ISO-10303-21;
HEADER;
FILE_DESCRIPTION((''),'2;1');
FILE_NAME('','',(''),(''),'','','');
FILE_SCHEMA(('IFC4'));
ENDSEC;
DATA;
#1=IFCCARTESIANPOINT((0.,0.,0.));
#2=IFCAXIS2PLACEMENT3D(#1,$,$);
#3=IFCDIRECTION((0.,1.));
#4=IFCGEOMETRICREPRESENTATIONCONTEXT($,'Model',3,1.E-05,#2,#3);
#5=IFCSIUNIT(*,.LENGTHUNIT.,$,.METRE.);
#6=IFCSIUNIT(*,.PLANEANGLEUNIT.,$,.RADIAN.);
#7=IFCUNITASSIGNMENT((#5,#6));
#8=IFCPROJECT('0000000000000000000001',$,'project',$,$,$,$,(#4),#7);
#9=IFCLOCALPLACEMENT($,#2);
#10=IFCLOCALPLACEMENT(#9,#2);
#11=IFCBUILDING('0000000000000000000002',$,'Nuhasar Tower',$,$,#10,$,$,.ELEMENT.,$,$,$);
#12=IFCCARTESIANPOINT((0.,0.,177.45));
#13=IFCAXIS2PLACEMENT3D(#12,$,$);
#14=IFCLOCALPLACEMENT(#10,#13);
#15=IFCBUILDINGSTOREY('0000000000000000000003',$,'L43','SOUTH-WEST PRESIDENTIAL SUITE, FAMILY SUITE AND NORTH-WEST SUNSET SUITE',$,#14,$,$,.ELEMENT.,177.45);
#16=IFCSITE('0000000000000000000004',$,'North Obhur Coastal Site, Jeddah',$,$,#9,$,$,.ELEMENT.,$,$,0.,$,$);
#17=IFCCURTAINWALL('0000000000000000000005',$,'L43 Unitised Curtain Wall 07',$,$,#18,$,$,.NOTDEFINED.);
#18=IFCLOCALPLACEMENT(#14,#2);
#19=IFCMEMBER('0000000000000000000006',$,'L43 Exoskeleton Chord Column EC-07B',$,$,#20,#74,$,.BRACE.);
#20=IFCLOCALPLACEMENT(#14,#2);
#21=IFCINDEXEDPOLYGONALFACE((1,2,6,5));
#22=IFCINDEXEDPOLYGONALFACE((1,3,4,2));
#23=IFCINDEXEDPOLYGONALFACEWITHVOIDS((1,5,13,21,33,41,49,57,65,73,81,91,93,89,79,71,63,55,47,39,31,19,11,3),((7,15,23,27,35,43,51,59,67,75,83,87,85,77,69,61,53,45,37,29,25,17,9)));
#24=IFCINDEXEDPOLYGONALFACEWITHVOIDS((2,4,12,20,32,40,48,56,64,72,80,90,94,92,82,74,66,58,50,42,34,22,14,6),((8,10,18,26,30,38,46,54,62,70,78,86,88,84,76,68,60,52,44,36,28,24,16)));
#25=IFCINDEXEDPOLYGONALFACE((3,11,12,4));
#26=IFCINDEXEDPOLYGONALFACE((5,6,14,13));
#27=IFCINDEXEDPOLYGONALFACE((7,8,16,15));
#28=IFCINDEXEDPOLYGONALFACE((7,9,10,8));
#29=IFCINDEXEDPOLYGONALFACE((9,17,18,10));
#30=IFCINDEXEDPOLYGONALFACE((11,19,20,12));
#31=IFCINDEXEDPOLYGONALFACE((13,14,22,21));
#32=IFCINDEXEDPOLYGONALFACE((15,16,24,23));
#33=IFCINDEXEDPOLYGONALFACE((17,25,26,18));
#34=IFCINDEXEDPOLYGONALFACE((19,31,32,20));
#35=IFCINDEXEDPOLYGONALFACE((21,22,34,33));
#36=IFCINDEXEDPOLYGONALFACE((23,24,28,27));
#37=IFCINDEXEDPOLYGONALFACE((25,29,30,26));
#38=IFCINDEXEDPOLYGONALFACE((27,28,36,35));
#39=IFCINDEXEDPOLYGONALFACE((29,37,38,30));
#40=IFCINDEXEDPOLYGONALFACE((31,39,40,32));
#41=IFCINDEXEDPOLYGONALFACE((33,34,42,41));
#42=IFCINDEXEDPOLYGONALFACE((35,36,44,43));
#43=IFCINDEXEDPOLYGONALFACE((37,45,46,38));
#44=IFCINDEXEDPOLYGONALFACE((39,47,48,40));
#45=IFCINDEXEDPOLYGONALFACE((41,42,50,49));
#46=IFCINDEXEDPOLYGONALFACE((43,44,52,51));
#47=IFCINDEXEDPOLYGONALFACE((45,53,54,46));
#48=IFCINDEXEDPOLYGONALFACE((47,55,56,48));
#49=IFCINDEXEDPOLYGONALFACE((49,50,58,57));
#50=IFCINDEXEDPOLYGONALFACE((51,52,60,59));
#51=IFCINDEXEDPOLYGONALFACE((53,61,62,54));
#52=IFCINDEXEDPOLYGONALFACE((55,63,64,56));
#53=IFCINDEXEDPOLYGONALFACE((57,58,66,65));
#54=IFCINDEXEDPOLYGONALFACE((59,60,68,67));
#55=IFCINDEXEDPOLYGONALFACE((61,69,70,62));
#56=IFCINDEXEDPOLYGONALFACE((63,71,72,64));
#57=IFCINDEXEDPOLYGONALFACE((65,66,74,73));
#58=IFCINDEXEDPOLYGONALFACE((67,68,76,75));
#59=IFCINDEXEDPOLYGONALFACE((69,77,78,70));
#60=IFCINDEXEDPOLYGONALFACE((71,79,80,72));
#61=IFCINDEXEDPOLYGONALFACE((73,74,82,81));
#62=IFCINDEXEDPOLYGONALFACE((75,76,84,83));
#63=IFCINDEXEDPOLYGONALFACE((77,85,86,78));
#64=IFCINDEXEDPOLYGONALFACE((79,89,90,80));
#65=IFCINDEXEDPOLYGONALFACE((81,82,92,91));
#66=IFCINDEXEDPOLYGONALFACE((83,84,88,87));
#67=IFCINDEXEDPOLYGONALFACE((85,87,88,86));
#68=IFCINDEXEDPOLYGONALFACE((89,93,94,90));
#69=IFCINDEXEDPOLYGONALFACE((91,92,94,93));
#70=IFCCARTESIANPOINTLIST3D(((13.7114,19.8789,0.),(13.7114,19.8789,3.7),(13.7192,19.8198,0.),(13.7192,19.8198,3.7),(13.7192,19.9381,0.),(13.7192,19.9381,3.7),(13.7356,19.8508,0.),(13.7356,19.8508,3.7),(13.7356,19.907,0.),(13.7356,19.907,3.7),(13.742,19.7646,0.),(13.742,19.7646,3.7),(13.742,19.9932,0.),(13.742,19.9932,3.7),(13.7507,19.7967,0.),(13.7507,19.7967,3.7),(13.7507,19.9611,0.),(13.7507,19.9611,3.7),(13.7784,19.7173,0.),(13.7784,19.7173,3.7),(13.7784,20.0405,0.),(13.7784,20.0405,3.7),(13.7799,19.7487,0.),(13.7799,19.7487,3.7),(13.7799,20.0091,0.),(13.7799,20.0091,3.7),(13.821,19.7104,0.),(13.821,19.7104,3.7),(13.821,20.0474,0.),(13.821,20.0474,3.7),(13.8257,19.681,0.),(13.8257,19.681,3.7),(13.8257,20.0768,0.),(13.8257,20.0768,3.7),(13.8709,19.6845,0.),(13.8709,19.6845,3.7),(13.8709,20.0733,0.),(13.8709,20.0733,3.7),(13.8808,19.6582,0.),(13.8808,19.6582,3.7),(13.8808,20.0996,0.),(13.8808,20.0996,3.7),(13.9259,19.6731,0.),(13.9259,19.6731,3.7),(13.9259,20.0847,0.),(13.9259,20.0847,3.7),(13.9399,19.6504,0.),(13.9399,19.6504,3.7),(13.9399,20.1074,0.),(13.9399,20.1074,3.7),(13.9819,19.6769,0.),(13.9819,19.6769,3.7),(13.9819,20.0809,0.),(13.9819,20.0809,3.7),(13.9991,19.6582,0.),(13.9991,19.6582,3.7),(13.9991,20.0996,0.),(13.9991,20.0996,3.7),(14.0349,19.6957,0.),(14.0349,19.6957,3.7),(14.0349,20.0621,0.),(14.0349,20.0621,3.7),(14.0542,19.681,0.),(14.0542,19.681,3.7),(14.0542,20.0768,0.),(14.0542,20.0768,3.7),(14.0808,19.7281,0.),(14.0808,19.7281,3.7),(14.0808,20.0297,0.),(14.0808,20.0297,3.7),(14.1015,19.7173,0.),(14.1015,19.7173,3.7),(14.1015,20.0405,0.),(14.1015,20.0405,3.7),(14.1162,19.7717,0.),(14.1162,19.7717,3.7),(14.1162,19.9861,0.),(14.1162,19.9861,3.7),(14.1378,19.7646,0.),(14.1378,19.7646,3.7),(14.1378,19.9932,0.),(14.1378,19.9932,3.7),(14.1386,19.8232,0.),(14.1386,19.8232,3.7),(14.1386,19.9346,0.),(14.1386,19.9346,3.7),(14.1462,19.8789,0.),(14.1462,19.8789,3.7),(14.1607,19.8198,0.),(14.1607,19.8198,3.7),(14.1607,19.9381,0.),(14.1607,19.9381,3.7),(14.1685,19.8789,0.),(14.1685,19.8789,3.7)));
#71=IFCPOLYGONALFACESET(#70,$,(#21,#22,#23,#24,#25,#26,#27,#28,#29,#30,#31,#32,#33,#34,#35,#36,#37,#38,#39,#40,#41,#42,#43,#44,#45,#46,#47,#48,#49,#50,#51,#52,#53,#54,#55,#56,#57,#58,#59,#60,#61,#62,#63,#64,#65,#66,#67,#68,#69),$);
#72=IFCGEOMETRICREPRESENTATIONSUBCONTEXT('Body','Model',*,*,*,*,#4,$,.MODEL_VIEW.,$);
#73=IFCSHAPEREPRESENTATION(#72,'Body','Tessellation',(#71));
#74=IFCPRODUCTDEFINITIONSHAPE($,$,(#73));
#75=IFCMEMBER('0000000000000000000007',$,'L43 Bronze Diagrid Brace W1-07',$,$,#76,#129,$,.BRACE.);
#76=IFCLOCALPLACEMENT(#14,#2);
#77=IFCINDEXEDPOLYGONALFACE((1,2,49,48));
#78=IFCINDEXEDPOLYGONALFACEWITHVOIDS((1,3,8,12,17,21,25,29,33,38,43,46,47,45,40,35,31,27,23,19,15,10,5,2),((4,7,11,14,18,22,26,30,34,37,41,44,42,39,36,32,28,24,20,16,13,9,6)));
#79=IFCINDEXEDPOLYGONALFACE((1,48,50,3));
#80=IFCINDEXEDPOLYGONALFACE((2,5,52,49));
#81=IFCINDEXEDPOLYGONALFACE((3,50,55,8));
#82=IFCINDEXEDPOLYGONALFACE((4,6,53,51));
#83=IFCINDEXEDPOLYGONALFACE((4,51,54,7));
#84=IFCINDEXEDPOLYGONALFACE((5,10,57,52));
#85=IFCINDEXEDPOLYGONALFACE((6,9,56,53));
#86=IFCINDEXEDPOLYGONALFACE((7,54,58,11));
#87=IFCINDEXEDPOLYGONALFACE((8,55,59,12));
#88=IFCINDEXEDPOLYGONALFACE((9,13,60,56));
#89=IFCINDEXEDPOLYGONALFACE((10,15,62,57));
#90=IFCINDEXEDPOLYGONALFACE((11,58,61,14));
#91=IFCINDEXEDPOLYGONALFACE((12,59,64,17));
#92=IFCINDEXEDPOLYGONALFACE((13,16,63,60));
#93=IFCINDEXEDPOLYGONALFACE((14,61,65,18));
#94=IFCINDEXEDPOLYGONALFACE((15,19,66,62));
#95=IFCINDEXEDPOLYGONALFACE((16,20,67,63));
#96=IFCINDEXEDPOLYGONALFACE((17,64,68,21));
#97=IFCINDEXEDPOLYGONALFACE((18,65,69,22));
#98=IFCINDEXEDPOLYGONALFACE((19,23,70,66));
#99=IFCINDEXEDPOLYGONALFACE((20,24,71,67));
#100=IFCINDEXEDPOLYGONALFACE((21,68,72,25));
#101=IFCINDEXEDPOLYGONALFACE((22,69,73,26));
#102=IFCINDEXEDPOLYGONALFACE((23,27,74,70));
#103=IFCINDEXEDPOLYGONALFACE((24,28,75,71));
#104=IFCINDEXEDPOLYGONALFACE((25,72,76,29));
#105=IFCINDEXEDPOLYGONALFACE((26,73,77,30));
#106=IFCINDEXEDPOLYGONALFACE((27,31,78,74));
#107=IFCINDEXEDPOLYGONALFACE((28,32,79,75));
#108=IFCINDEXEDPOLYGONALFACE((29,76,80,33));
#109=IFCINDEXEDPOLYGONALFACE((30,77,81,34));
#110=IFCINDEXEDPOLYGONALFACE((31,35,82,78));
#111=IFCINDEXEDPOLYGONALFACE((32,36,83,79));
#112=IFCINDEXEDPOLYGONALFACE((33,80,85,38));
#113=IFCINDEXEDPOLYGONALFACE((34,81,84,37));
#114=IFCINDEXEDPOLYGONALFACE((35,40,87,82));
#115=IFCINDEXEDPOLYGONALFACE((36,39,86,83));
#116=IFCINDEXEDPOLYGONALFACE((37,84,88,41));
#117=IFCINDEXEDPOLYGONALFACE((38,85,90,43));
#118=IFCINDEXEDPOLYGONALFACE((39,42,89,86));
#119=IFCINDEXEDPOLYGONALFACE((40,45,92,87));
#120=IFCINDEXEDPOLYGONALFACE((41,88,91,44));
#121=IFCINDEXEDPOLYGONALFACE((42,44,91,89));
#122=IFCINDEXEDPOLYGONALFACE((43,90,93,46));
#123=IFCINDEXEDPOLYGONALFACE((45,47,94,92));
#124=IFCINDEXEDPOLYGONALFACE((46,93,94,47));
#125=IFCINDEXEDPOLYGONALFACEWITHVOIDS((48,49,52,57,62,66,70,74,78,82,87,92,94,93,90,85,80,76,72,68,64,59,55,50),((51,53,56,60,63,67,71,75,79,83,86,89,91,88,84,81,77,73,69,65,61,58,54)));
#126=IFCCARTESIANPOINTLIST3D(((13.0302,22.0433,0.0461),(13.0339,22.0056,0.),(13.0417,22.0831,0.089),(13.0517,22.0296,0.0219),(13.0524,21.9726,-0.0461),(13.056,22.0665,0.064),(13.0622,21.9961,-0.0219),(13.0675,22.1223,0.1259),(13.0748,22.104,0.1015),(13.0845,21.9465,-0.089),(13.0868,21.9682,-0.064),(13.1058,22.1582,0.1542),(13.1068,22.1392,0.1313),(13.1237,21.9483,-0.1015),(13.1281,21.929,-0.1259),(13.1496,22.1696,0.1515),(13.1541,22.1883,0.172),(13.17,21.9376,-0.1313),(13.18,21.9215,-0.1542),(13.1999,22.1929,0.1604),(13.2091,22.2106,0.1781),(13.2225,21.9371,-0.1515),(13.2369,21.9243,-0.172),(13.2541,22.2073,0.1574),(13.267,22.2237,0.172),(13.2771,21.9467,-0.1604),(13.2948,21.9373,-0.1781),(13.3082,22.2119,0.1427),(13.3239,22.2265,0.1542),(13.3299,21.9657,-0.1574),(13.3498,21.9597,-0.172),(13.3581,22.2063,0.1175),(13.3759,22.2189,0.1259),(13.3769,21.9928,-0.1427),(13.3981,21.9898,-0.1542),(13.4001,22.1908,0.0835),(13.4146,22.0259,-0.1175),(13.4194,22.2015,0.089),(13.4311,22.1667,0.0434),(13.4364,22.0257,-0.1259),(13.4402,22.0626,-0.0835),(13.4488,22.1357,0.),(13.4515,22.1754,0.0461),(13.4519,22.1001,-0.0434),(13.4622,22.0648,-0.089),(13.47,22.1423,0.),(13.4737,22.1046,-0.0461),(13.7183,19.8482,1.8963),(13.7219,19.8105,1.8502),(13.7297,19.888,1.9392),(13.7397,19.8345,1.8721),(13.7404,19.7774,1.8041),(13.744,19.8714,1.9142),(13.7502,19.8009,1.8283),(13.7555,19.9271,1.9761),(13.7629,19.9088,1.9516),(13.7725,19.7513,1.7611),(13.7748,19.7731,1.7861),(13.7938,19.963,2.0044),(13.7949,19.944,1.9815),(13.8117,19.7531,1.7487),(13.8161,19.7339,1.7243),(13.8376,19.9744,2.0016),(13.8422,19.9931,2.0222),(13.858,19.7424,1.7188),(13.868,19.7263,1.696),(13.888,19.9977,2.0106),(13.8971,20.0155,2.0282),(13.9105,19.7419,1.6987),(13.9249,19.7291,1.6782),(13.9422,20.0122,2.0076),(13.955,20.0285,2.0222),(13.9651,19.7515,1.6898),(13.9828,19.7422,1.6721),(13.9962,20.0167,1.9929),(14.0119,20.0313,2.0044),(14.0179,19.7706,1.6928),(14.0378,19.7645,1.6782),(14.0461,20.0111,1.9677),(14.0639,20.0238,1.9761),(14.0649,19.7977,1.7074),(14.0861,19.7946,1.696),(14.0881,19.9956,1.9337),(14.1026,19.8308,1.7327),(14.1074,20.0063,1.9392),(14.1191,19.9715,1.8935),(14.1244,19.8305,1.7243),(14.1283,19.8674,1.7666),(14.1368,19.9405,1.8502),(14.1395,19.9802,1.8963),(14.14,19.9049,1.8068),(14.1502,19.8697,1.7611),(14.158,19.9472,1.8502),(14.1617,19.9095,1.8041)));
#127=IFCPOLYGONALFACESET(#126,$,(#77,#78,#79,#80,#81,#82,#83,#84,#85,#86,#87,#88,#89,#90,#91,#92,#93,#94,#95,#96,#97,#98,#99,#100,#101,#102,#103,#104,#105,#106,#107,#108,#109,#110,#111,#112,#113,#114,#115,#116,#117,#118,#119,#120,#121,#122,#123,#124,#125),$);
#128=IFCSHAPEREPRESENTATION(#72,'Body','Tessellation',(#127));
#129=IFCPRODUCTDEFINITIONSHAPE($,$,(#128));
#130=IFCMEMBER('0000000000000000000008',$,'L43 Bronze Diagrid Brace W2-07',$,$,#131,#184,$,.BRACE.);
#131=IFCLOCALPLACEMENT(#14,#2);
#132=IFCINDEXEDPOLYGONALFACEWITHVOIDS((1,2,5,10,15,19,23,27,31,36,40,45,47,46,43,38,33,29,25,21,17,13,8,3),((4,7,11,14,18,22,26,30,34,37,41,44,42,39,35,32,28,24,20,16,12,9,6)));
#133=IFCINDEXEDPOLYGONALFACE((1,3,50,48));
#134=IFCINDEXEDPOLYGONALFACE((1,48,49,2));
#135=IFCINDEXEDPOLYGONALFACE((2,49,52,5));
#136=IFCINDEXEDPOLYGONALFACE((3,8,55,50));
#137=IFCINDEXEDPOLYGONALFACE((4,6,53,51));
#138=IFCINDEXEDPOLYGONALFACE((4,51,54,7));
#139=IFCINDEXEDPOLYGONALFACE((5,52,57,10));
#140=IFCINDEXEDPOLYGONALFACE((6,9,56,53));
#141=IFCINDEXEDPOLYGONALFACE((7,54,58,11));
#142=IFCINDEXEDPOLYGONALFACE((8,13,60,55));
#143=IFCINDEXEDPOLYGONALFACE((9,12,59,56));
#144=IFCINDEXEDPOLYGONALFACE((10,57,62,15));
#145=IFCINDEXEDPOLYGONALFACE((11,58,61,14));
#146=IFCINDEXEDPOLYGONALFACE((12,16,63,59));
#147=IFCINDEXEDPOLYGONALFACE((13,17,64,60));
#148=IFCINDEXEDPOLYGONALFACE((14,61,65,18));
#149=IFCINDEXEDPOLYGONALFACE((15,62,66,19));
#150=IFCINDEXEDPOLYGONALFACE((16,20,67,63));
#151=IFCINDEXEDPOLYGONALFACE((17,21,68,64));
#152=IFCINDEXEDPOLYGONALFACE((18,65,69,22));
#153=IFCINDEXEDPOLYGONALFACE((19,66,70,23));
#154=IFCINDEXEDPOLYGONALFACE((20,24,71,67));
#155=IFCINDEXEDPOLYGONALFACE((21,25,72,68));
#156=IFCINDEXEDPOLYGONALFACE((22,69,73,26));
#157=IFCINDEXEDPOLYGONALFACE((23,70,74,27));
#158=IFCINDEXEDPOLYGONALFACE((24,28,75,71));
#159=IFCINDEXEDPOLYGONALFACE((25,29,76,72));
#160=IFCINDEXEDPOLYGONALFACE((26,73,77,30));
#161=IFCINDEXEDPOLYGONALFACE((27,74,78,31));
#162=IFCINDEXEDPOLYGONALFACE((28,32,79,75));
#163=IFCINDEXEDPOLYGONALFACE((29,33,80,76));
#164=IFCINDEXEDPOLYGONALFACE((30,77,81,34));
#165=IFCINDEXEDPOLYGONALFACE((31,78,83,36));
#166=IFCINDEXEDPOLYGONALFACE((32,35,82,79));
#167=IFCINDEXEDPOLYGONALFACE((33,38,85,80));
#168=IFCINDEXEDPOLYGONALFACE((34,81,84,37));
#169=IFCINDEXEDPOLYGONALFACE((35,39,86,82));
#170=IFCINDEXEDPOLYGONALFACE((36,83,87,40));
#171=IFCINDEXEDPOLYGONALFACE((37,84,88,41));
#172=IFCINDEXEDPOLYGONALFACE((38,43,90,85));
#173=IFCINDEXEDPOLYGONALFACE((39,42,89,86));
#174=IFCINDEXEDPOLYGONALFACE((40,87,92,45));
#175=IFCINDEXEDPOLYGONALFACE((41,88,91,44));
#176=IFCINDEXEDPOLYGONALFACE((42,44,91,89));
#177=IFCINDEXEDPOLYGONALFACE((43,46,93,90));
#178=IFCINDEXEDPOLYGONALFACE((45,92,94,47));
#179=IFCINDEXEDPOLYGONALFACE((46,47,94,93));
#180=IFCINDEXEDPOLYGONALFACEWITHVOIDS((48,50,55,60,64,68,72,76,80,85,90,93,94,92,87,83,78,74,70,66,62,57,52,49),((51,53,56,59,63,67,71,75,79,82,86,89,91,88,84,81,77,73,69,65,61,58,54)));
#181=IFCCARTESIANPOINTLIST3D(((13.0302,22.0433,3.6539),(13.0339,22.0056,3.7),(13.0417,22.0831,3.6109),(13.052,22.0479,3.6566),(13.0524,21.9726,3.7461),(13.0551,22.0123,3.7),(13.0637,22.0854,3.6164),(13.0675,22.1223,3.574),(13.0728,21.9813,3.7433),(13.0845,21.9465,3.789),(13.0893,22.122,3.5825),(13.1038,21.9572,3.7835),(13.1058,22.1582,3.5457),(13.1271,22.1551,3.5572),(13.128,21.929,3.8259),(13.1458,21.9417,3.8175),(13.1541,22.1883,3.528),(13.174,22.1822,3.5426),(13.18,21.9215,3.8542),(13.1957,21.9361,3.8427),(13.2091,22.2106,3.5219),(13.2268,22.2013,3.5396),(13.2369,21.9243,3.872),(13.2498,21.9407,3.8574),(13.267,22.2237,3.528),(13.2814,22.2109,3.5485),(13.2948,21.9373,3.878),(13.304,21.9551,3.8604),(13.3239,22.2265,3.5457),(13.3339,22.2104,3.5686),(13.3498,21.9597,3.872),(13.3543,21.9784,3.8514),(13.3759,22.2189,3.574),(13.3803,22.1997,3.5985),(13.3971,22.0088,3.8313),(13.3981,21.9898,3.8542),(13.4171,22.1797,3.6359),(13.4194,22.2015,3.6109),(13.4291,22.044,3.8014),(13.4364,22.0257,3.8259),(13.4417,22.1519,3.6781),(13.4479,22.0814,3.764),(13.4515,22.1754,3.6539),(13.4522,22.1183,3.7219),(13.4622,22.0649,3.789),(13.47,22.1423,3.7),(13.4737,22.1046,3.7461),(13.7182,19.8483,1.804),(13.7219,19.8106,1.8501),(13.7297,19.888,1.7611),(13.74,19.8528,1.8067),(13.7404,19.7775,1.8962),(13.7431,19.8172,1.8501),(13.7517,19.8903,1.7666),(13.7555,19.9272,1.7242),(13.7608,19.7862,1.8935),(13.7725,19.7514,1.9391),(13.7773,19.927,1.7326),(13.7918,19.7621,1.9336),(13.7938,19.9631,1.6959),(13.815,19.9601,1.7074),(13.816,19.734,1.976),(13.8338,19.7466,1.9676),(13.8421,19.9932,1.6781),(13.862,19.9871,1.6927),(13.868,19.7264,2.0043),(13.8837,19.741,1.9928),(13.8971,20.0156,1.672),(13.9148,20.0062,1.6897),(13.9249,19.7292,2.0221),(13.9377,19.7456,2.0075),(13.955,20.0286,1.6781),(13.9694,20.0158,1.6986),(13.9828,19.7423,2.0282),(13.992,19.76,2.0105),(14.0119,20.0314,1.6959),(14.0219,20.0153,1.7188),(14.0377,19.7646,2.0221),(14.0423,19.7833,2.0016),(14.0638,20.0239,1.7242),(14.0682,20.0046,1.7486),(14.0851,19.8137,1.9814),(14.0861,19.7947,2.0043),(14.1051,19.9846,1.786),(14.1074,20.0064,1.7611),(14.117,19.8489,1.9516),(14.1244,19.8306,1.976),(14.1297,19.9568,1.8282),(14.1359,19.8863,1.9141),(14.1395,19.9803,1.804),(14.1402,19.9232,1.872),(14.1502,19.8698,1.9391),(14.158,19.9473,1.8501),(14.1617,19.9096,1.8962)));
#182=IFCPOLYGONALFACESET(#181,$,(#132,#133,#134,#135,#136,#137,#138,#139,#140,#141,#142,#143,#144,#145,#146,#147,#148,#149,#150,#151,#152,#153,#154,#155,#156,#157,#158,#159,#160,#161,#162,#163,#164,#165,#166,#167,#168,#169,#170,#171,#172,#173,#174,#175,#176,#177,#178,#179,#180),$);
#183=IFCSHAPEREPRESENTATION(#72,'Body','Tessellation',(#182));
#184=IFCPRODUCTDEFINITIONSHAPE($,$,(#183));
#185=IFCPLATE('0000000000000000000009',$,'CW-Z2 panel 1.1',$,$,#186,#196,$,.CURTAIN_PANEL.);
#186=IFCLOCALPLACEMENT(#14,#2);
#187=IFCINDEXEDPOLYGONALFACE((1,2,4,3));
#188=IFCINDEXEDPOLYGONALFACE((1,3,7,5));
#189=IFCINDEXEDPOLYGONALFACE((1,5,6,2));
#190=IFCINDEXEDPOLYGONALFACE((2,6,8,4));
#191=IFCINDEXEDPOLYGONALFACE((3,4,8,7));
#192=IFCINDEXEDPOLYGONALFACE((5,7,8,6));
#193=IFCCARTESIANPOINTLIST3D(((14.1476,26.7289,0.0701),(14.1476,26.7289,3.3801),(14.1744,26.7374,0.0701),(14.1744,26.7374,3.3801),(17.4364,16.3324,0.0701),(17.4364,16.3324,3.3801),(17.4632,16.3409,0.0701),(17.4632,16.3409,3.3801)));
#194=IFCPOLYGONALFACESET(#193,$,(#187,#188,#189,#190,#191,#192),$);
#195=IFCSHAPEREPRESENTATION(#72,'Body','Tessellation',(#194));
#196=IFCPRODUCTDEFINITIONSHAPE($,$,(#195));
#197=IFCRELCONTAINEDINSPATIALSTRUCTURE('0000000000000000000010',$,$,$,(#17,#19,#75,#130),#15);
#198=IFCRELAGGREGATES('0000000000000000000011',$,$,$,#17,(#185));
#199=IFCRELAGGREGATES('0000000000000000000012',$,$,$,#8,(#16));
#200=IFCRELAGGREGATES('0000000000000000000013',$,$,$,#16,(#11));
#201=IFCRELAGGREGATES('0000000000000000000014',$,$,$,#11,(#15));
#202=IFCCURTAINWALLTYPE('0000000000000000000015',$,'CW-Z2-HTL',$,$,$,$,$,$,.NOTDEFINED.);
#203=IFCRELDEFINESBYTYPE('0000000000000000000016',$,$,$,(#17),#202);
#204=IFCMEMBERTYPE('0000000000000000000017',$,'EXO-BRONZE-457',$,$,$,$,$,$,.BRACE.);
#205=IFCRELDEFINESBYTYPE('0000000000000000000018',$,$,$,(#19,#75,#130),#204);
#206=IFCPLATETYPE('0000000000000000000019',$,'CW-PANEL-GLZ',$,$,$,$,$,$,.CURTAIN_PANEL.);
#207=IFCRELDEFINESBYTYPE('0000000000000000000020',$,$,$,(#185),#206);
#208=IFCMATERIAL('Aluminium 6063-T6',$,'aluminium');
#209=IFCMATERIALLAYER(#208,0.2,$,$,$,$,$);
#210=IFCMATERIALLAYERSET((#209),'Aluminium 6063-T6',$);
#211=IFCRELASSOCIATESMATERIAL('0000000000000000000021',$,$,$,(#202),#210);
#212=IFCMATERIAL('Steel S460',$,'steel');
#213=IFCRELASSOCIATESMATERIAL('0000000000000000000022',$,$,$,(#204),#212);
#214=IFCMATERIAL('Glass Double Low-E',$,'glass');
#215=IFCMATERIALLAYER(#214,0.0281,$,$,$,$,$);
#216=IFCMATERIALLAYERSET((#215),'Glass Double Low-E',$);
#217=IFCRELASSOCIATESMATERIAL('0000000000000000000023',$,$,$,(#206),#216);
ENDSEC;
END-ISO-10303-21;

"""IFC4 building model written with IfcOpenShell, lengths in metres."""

from ifc_helpers import new_model, si_unit, direction, frame, origin, origin_2d, place, context, subcontext, project, spatial, rectangle, hollow_circle, extrude, material, layer, layer_set, material_profile, profile_set, type_object, element, aggregate, save


model = new_model("IFC4")

# Units and contexts
model_context = context("Model", 3, precision=1e-05, world=origin(), true_north=direction((0.0, 1.0)))
body_context = subcontext(model_context, "Body", "Model", "MODEL_VIEW")
ifc_project = project(units=[si_unit("LENGTHUNIT", "METRE"), si_unit("PLANEANGLEUNIT", "RADIAN")], contexts=[model_context])

# Site, building, storey
site_placement = place(None, origin())
site = spatial("IfcSite", under=ifc_project, at=site_placement, Name="North Obhur Coastal Site, Jeddah", CompositionType="ELEMENT", RefElevation=0.0)
building_placement = place(site_placement, origin())
building = spatial("IfcBuilding", under=site, at=building_placement, Name="Nuhasar Tower", CompositionType="ELEMENT")
storey_placement = place(building_placement, frame((0.0, 0.0, 177.45)))
storey = spatial("IfcBuildingStorey", under=building, at=storey_placement, Name="L43", Description="SOUTH-WEST PRESIDENTIAL SUITE, FAMILY SUITE AND NORTH-WEST SUNSET SUITE", CompositionType="ELEMENT", Elevation=177.45)

# Curtain wall
ifc_material_1 = material(Name="Aluminium 6063-T6", Category="aluminium")
ifc_layer_1 = layer(ifc_material_1, 0.2)
ifc_layer_set_1 = layer_set([ifc_layer_1], Name="Aluminium 6063-T6")
curtain_wall_type = type_object("IfcCurtainWallType", Name="CW-Z2-HTL", PredefinedType="NOTDEFINED", material=ifc_layer_set_1)
curtain_wall_1_placement = place(storey_placement, origin())
curtain_wall_1 = element("IfcCurtainWall", 1, at=curtain_wall_1_placement, inside=storey, type_object=curtain_wall_type, Name="L43 Unitised Curtain Wall 07", PredefinedType="NOTDEFINED")

# Members
ifc_material_2 = material(Name="Steel S460", Category="steel")
ifc_material_profile_1 = material_profile(ifc_material_2, hollow_circle(Radius=0.2285, WallThickness=0.0222, at=origin_2d()), Name="HSS457X22.2")
ifc_profile_set_1 = profile_set([ifc_material_profile_1], Name="Steel S460")
member_type_1 = type_object("IfcMemberType", Name="EXO-BRONZE-457", PredefinedType="BRACE", material=ifc_profile_set_1)
for number, where, z_axis, x_axis, name in (
    (2, (13.9399, 19.8789, 0.0), (0.0, 0.0, 1.0), (1.0, 0.0, 0.0), "L43 Exoskeleton Chord Column EC-07B"),
):
    element("IfcMember", number, at=place(storey_placement, frame(where, z_axis=z_axis, x_axis=x_axis)), inside=storey, type_object=member_type_1, Name=name, PredefinedType="BRACE", context=body_context, shape_type="SweptSolid", body=[
        extrude(hollow_circle(Radius=0.2285, WallThickness=0.0222, at=origin_2d()), origin(), (0.0, 0.0, 1.0), 3.7),
    ])
member_1_placement = place(storey_placement, frame((13.252, 22.074, 0.0), z_axis=(0.233056, -0.743578, 0.626719), x_axis=(0.954228, 0.299079, 0.0)))
element("IfcMember", 3, at=member_1_placement, inside=storey, type_object=member_type_1, Name="L43 Bronze Diagrid Brace W1-07", PredefinedType="BRACE", context=body_context, shape_type="SweptSolid", body=[
    extrude(hollow_circle(Radius=0.2285, WallThickness=0.0222, at=origin_2d()), origin(), (0.0, 0.0, 1.0), 2.9521),
])
member_2_placement = place(storey_placement, frame((13.9399, 19.8789, 1.8501), z_axis=(-0.233068, 0.743616, 0.626669), x_axis=(-0.954228, -0.299079, 0.0)))
element("IfcMember", 4, at=member_2_placement, inside=storey, type_object=member_type_1, Name="L43 Bronze Diagrid Brace W2-07", PredefinedType="BRACE", context=body_context, shape_type="SweptSolid", body=[
    extrude(hollow_circle(Radius=0.2285, WallThickness=0.0222, at=origin_2d()), origin(), (0.0, 0.0, 1.0), 2.9519),
])

# Plate
ifc_material_3 = material(Name="Glass Double Low-E", Category="glass")
ifc_layer_2 = layer(ifc_material_3, 0.0281)
ifc_layer_set_2 = layer_set([ifc_layer_2], Name="Glass Double Low-E")
plate_type = type_object("IfcPlateType", Name="CW-PANEL-GLZ", PredefinedType="CURTAIN_PANEL", material=ifc_layer_set_2)
plate_placement = place(storey_placement, frame((15.8054, 21.5349, 0.0701), z_axis=(0.0, 0.0, 1.0), x_axis=(0.301604, -0.953433, 0.0)))
plate = element("IfcPlate", 5, at=plate_placement, type_object=plate_type, Name="CW-Z2 panel 1.1", PredefinedType="CURTAIN_PANEL", context=body_context, shape_type="SweptSolid", body=[
    extrude(rectangle(XDim=10.9043, YDim=0.0281, at=origin_2d()), origin(), (0.0, 0.0, 1.0), 3.3101),
])
aggregate(curtain_wall_1, [plate])

save(model, "model.ifc")
